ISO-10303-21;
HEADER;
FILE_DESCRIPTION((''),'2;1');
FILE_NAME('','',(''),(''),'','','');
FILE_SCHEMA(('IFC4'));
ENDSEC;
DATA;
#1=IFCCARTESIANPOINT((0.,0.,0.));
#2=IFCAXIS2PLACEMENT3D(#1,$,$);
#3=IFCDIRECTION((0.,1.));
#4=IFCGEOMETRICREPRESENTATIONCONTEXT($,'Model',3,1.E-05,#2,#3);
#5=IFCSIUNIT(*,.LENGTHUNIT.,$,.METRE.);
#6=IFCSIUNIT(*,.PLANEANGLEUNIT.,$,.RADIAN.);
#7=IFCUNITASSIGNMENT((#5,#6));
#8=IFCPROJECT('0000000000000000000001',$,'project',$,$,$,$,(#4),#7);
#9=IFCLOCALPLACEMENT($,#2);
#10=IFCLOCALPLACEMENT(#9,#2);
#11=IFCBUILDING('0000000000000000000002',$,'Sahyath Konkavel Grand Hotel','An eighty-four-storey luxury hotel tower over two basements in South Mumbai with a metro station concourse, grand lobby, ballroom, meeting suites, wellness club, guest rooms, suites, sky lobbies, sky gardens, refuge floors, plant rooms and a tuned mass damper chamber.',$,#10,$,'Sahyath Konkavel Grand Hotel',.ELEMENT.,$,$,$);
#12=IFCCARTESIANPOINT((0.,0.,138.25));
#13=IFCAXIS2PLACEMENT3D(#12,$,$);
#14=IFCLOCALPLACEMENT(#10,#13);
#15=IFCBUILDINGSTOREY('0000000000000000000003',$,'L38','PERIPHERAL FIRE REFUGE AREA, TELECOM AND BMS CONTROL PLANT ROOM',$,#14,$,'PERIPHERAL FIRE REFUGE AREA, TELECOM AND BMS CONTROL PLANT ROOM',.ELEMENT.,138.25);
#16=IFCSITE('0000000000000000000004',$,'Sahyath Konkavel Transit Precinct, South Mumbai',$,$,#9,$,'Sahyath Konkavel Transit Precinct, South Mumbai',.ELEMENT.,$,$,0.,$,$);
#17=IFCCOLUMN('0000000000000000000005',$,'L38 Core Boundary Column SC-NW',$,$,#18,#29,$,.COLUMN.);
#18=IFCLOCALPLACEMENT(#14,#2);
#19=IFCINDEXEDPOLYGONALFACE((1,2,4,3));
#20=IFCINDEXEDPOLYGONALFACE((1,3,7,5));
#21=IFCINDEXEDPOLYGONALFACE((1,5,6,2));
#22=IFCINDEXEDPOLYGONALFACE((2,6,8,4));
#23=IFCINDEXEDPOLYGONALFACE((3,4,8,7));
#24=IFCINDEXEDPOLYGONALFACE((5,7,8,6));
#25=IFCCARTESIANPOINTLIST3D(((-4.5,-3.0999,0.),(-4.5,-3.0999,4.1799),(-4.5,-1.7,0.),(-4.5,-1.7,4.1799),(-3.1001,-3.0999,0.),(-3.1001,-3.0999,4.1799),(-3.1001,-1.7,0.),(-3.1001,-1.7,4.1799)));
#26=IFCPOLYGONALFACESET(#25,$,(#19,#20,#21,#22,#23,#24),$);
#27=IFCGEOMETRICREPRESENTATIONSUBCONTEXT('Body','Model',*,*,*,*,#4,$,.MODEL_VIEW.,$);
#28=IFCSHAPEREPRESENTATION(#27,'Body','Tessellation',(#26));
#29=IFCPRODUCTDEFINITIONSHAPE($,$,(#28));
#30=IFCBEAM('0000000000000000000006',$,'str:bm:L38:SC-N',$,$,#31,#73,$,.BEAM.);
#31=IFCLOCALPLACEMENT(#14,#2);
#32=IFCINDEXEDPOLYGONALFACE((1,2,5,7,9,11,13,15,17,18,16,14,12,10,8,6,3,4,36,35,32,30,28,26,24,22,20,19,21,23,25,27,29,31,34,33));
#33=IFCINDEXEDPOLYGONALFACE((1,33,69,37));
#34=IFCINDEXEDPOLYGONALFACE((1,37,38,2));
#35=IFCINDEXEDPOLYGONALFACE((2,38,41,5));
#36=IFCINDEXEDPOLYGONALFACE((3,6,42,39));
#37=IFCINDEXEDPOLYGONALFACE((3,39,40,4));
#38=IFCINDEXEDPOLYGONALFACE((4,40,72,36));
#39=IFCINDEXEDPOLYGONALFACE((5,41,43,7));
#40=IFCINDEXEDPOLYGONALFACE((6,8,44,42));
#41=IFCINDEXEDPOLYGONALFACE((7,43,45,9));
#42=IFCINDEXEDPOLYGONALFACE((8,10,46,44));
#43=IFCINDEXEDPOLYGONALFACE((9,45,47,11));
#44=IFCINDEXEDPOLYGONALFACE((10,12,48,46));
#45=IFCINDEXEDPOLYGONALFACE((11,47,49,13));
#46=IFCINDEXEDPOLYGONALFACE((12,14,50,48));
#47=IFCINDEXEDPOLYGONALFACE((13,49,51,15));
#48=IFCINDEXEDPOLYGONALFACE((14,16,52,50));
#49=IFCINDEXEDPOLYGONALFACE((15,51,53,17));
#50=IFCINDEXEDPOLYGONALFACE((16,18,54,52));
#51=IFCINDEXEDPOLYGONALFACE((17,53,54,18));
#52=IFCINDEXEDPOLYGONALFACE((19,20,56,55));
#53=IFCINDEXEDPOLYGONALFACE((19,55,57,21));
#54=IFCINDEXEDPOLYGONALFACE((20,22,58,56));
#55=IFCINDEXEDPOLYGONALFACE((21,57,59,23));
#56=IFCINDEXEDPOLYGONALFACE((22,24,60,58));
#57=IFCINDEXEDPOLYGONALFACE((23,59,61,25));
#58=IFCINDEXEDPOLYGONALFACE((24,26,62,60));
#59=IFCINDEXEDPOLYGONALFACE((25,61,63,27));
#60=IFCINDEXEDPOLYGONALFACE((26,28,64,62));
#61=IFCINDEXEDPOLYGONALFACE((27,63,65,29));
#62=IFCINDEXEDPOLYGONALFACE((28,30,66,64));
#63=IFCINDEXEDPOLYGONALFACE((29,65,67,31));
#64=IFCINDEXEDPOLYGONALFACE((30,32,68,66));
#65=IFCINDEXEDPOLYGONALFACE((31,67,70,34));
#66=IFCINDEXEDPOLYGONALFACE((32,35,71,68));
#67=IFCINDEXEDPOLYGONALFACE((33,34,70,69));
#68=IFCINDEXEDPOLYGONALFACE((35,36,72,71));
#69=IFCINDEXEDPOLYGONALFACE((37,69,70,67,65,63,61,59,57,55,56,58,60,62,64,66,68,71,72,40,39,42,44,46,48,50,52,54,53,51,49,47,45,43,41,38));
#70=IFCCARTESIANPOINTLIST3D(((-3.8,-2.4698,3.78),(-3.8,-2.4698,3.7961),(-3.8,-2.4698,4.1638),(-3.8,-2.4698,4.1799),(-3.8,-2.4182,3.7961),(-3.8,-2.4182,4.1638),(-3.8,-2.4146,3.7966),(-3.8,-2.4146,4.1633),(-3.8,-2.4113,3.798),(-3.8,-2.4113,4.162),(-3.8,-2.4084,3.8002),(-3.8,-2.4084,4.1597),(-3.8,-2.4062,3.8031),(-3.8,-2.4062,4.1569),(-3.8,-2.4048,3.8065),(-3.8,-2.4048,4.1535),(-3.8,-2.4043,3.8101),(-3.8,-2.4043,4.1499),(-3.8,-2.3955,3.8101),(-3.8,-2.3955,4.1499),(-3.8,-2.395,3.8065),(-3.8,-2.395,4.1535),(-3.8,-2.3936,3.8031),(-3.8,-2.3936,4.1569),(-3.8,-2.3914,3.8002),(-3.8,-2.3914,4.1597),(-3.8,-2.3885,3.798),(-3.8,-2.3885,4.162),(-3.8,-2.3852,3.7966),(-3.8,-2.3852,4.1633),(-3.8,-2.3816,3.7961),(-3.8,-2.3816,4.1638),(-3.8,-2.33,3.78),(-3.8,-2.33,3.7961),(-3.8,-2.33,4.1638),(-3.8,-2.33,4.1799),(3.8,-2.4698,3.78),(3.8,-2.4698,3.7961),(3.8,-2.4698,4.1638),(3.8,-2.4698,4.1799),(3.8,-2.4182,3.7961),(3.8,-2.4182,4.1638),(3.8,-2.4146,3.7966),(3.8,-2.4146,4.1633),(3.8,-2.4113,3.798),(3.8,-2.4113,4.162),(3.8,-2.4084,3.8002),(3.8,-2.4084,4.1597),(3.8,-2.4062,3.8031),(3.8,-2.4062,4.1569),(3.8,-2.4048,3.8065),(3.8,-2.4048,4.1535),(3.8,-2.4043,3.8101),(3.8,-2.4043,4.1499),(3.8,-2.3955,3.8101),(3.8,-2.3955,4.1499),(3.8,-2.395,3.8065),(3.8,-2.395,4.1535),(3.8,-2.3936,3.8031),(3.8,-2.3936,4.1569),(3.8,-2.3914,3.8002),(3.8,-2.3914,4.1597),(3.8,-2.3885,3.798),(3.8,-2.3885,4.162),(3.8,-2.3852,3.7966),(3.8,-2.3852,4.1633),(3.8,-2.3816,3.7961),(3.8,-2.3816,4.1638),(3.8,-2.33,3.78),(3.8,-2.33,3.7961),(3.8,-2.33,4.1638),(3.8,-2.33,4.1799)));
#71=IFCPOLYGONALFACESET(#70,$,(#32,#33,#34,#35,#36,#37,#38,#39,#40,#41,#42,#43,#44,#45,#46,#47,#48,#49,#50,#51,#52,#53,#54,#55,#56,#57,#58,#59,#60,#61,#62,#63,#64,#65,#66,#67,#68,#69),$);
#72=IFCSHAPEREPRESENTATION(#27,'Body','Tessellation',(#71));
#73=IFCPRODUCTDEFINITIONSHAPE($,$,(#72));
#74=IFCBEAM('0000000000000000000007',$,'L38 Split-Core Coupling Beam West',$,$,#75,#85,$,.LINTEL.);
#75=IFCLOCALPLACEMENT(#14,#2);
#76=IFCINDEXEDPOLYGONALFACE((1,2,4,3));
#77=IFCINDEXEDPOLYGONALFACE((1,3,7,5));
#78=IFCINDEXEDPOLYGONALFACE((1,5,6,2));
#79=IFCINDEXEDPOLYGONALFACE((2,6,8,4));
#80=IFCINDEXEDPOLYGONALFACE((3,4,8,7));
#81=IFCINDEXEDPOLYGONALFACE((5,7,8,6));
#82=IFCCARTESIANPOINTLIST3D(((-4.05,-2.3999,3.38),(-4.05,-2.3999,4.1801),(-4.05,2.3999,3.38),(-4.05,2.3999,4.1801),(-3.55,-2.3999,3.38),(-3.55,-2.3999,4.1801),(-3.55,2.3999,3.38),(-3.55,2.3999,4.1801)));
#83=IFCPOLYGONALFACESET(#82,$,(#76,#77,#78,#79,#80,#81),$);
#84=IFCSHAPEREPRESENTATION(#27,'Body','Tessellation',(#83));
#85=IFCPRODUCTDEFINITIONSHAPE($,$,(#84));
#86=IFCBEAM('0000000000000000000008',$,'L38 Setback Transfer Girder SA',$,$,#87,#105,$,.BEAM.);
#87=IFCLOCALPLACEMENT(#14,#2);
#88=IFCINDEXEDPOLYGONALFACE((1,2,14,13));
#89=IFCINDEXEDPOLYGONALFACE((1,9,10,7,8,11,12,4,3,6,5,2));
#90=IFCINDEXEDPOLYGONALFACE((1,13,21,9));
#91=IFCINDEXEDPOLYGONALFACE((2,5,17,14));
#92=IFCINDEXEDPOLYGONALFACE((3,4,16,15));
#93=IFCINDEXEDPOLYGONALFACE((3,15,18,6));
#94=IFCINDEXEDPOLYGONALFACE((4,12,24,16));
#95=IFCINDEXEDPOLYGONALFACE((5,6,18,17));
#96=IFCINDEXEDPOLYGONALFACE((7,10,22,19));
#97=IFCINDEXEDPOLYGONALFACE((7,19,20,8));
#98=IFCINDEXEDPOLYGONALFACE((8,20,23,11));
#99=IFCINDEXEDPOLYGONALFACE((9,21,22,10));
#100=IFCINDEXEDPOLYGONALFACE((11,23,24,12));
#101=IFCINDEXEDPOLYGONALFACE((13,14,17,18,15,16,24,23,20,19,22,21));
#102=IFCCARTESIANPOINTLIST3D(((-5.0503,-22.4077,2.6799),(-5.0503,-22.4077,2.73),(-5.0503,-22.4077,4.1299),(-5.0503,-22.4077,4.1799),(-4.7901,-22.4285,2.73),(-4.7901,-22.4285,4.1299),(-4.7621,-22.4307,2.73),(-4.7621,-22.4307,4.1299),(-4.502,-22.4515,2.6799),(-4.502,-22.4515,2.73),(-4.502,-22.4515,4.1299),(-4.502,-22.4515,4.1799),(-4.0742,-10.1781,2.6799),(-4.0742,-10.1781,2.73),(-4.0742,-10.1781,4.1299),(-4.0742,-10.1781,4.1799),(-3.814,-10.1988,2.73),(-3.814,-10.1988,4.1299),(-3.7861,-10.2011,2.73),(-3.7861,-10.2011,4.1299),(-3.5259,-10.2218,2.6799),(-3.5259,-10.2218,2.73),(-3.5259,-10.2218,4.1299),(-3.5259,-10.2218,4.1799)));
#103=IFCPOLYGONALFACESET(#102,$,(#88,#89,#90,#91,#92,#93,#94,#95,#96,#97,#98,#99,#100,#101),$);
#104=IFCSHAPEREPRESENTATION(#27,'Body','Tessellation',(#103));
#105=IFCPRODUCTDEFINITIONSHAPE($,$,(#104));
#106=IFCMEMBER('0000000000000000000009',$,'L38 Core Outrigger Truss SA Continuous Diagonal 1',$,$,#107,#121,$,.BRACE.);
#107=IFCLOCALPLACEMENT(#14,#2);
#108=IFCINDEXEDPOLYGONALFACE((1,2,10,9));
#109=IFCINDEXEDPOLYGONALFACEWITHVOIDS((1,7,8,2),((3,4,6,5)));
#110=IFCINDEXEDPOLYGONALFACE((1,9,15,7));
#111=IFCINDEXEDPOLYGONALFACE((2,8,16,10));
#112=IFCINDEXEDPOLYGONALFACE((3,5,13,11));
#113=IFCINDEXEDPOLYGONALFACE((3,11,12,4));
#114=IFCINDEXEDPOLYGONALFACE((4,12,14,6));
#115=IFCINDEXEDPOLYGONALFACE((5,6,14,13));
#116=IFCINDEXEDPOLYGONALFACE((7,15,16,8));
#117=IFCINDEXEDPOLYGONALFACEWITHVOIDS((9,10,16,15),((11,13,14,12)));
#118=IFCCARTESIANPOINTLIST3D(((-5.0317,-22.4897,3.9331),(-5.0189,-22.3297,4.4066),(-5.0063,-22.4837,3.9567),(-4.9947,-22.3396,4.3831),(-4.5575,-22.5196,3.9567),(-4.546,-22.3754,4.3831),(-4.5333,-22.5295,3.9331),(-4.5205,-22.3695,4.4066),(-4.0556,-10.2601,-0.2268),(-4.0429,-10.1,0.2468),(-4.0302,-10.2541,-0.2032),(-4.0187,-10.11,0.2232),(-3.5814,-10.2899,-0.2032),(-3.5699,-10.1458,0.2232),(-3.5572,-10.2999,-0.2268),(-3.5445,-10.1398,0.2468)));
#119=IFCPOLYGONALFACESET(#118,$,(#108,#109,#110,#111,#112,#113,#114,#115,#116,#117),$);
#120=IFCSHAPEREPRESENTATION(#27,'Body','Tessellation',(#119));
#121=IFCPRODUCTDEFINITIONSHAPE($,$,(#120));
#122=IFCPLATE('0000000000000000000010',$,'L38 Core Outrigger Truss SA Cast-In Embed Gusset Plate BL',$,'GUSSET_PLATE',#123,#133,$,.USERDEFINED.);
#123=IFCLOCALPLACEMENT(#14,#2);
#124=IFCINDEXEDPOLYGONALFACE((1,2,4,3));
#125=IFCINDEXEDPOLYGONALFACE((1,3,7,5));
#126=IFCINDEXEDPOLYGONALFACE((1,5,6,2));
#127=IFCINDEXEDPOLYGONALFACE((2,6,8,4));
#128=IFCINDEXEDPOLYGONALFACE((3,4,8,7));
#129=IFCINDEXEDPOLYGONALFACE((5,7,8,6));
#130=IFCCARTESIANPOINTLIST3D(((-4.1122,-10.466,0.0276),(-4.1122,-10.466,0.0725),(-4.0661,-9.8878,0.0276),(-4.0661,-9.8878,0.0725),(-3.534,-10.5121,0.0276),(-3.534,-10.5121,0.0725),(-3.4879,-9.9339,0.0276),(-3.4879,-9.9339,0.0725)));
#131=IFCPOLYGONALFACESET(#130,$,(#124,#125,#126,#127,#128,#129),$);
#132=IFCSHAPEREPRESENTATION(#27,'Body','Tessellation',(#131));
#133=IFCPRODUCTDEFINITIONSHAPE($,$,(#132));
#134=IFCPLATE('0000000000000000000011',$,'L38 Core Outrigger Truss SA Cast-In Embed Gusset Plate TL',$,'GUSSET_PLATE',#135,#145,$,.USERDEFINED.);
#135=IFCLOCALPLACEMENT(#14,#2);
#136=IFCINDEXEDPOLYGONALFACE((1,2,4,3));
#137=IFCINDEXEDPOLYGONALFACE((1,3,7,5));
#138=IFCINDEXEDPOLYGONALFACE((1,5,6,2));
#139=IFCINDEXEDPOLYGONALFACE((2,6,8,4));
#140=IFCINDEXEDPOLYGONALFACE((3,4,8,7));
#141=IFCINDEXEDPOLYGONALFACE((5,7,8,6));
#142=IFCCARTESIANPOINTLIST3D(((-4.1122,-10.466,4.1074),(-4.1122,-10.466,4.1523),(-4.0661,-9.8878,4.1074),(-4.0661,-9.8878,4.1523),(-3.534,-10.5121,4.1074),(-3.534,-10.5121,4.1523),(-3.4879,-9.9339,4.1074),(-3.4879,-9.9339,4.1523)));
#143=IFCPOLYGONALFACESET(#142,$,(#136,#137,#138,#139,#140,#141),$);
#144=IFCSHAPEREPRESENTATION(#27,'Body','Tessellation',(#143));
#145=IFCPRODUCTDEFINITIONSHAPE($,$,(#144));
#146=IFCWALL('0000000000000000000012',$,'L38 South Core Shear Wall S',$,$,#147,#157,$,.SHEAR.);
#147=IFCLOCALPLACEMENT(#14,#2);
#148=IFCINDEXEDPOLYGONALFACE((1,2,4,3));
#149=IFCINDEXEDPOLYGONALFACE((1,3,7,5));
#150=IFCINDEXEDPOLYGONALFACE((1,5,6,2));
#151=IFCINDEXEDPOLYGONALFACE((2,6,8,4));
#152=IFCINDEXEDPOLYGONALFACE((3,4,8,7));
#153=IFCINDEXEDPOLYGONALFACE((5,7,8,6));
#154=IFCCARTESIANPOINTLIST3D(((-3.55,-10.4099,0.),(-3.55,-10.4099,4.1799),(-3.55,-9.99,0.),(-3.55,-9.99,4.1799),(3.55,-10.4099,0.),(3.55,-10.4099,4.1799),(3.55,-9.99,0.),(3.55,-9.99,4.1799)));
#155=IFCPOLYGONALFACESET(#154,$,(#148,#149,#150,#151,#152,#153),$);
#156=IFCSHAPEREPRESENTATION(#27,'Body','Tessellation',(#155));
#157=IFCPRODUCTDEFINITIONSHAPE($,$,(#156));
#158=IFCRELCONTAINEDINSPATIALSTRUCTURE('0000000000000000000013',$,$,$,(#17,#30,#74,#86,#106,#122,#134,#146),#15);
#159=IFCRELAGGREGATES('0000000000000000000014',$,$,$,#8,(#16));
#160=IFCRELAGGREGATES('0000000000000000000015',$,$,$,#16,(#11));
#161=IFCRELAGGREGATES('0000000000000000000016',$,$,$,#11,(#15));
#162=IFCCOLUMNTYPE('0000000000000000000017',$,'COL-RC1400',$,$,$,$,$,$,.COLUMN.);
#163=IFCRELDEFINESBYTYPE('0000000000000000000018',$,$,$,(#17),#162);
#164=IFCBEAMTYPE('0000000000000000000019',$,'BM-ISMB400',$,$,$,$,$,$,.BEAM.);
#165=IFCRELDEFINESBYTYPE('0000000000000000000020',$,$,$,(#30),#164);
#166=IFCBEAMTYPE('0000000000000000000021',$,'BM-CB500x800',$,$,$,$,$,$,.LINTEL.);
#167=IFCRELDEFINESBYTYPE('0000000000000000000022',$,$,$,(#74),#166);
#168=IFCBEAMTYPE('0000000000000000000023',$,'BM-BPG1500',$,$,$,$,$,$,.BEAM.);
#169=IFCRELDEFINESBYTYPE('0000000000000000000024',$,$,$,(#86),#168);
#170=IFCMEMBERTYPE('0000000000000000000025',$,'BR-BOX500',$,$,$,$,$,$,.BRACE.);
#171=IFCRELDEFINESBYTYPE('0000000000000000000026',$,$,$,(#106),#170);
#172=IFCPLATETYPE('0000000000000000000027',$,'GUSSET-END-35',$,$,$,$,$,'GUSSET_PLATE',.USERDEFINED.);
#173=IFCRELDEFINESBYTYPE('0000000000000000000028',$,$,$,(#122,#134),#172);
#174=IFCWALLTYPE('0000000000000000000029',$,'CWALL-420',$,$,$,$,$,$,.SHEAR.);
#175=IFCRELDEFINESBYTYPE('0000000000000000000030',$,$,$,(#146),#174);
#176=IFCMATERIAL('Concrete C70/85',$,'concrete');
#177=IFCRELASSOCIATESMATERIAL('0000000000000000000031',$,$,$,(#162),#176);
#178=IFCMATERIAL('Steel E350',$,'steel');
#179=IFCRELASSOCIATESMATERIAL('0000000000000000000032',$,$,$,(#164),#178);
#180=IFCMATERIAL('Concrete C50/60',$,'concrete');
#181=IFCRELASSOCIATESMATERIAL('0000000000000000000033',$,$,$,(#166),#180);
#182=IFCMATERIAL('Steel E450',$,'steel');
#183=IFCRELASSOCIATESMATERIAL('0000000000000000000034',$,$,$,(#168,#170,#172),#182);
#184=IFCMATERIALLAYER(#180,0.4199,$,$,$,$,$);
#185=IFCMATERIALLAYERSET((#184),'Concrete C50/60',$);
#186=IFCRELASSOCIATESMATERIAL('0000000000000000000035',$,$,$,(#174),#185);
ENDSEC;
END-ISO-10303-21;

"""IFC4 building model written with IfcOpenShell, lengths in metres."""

from ifc_helpers import new_model, si_unit, direction, frame, frame_2d, origin, origin_2d, place, context, subcontext, project, spatial, rectangle, hollow_rectangle, i_section, extrude, source, transform, mapped, material, layer, layer_set, material_profile, profile_set, type_object, element, save


model = new_model("IFC4")

# Units and contexts
model_context = context("Model", 3, precision=1e-05, world=origin(), true_north=direction((0.0, 1.0)))
body_context = subcontext(model_context, "Body", "Model", "MODEL_VIEW")
ifc_project = project(units=[si_unit("LENGTHUNIT", "METRE"), si_unit("PLANEANGLEUNIT", "RADIAN")], contexts=[model_context])

# Site, building, storey
site_placement = place(None, origin())
site = spatial("IfcSite", under=ifc_project, at=site_placement, Name="Sahyath Konkavel Transit Precinct, South Mumbai", LongName="Sahyath Konkavel Transit Precinct, South Mumbai", CompositionType="ELEMENT", RefElevation=0.0)
building_placement = place(site_placement, origin())
building = spatial("IfcBuilding", under=site, at=building_placement, Name="Sahyath Konkavel Grand Hotel", Description="An eighty-four-storey luxury hotel tower over two basements in South Mumbai with a metro station concourse, grand lobby, ballroom, meeting suites, wellness club, guest rooms, suites, sky lobbies, sky gardens, refuge floors, plant rooms and a tuned mass damper chamber.", LongName="Sahyath Konkavel Grand Hotel", CompositionType="ELEMENT")
storey_placement = place(building_placement, frame((0.0, 0.0, 138.25)))
storey = spatial("IfcBuildingStorey", under=building, at=storey_placement, Name="L38", Description="PERIPHERAL FIRE REFUGE AREA, TELECOM AND BMS CONTROL PLANT ROOM", LongName="PERIPHERAL FIRE REFUGE AREA, TELECOM AND BMS CONTROL PLANT ROOM", CompositionType="ELEMENT", Elevation=138.25)

# Column
ifc_material_1 = material(Name="Concrete C70/85", Category="concrete")
ifc_material_profile_1 = material_profile(ifc_material_1, rectangle(XDim=1.3999, YDim=1.3999, at=origin_2d()), Name="RC 1400x1400")
ifc_profile_set_1 = profile_set([ifc_material_profile_1], Name="Concrete C70/85")
column_type = type_object("IfcColumnType", Name="COL-RC1400", PredefinedType="COLUMN", material=ifc_profile_set_1)
shared_shape_1 = source(origin(), body_context, "Body", "SweptSolid", [
    extrude(rectangle(XDim=1.3999, YDim=1.3999, at=origin_2d()), origin(), (0.0, 0.0, 1.0), 4.1799),
])
column_placement = place(storey_placement, frame((-3.8, -2.3999, 0.0), z_axis=(0.0, 0.0, 1.0), x_axis=(1.0, 0.0, 0.0)))
element("IfcColumn", 1, at=column_placement, inside=storey, type_object=column_type, Name="L38 Core Boundary Column SC-NW", PredefinedType="COLUMN", context=body_context, shape_type="MappedRepresentation", body=[
    mapped(shared_shape_1, transform((0.0, 0.0, 0.0), scale=1.0)),
])

# Beams
ifc_material_2 = material(Name="Steel E350", Category="steel")
ifc_material_profile_2 = material_profile(ifc_material_2, i_section(OverallWidth=0.1399, OverallDepth=0.3999, WebThickness=0.0088, FlangeThickness=0.0161, FilletRadius=0.0139, at=origin_2d()), Name="ISMB 400")
ifc_profile_set_2 = profile_set([ifc_material_profile_2], Name="Steel E350")
beam_type_1 = type_object("IfcBeamType", Name="BM-ISMB400", PredefinedType="BEAM", material=ifc_profile_set_2)
shared_shape_2 = source(origin(), body_context, "Body", "SweptSolid", [
    extrude(i_section(OverallWidth=0.1399, OverallDepth=0.3999, WebThickness=0.0088, FlangeThickness=0.0161, FilletRadius=0.0139, at=origin_2d()), origin(), (0.0, 0.0, 1.0), 7.6001),
])
beam_1_placement = place(storey_placement, frame((-3.8, -2.3999, 3.98), z_axis=(1.0, 0.0, 0.0), x_axis=(0.0, 1.0, 0.0)))
element("IfcBeam", 2, at=beam_1_placement, inside=storey, type_object=beam_type_1, Name="str:bm:L38:SC-N", PredefinedType="BEAM", context=body_context, shape_type="MappedRepresentation", body=[
    mapped(shared_shape_2, transform((0.0, 0.0, 0.0), scale=1.0)),
])
ifc_material_3 = material(Name="Concrete C50/60", Category="concrete")
ifc_material_profile_3 = material_profile(ifc_material_3, rectangle(XDim=0.5, YDim=0.8, at=origin_2d()), Name="RC 500x800")
ifc_profile_set_3 = profile_set([ifc_material_profile_3], Name="Concrete C50/60")
beam_type_2 = type_object("IfcBeamType", Name="BM-CB500x800", PredefinedType="LINTEL", material=ifc_profile_set_3)
shared_shape_3 = source(origin(), body_context, "Body", "SweptSolid", [
    extrude(rectangle(XDim=0.5, YDim=0.8, at=origin_2d()), origin(), (0.0, 0.0, 1.0), 4.7998),
])
beam_2_placement = place(storey_placement, frame((-3.8, -2.3999, 3.78), z_axis=(0.0, 1.0, 0.0), x_axis=(-1.0, 0.0, 0.0)))
element("IfcBeam", 3, at=beam_2_placement, inside=storey, type_object=beam_type_2, Name="L38 Split-Core Coupling Beam West", PredefinedType="LINTEL", context=body_context, shape_type="MappedRepresentation", body=[
    mapped(shared_shape_3, transform((0.0, 0.0, 0.0), scale=1.0)),
])
ifc_material_4 = material(Name="Steel E450", Category="steel")
ifc_material_profile_4 = material_profile(ifc_material_4, i_section(OverallWidth=0.55, OverallDepth=1.5, WebThickness=0.0281, FlangeThickness=0.05, at=origin_2d()), Name="BPG 1500x550")
ifc_profile_set_4 = profile_set([ifc_material_profile_4], Name="Steel E450")
beam_type_3 = type_object("IfcBeamType", Name="BM-BPG1500", PredefinedType="BEAM", material=ifc_profile_set_4)
shared_shape_4 = source(origin(), body_context, "Body", "SweptSolid", [
    extrude(i_section(OverallWidth=0.55, OverallDepth=1.5, WebThickness=0.0281, FlangeThickness=0.05, at=origin_2d()), origin(), (0.0, 0.0, 1.0), 12.2686),
])
beam_3_placement = place(storey_placement, frame((-3.8, -10.2, 3.4299), z_axis=(-0.079559, -0.99683, 0.0), x_axis=(0.99683, -0.079559, 0.0)))
element("IfcBeam", 4, at=beam_3_placement, inside=storey, type_object=beam_type_3, Name="L38 Setback Transfer Girder SA", PredefinedType="BEAM", context=body_context, shape_type="MappedRepresentation", body=[
    mapped(shared_shape_4, transform((0.0, 0.0, 0.0), scale=1.0)),
])

# Member
ifc_material_profile_5 = material_profile(ifc_material_4, hollow_rectangle(XDim=0.5, YDim=0.5, WallThickness=0.0249, at=origin_2d()), Name="BOX 500x500x25")
ifc_profile_set_5 = profile_set([ifc_material_profile_5], Name="Steel E450")
member_type = type_object("IfcMemberType", Name="BR-BOX500", PredefinedType="BRACE", material=ifc_profile_set_5)
shared_shape_5 = source(origin(), body_context, "Body", "SweptSolid", [
    extrude(hollow_rectangle(XDim=0.5, YDim=0.5, WallThickness=0.0249, at=origin_2d()), origin(), (0.0, 0.0, 1.0), 12.9546),
])
member_placement = place(storey_placement, frame((-3.8, -10.2, 0.01), z_axis=(-0.075345, -0.944039, 0.321112), x_axis=(0.99683, -0.079559, 0.0)))
element("IfcMember", 5, at=member_placement, inside=storey, type_object=member_type, Name="L38 Core Outrigger Truss SA Continuous Diagonal 1", PredefinedType="BRACE", context=body_context, shape_type="MappedRepresentation", body=[
    mapped(shared_shape_5, transform((0.0, 0.0, 0.0), scale=1.0)),
])

# Plates
plate_type = type_object("IfcPlateType", Name="GUSSET-END-35", ElementType="GUSSET_PLATE", PredefinedType="USERDEFINED", material=ifc_material_4)
shared_shape_6 = source(origin(), body_context, "Body", "SweptSolid", [
    extrude(rectangle(XDim=0.5801, YDim=0.5801, at=origin_2d()), origin(), (0.0, 0.0, 1.0), 0.0449),
])
for number, where, z_axis, x_axis, name in (
    (6, (-3.8, -10.2, 0.0276), (0.0, 0.0, 1.0), (-0.079573, -0.996829, 0.0), "L38 Core Outrigger Truss SA Cast-In Embed Gusset Plate BL"),
    (7, (-3.8, -10.2, 4.1074), (0.0, 0.0, 1.0), (-0.079573, -0.996829, 0.0), "L38 Core Outrigger Truss SA Cast-In Embed Gusset Plate TL"),
):
    element("IfcPlate", number, at=place(storey_placement, frame(where, z_axis=z_axis, x_axis=x_axis)), inside=storey, type_object=plate_type, Name=name, ObjectType="GUSSET_PLATE", PredefinedType="USERDEFINED", context=body_context, shape_type="MappedRepresentation", body=[
        mapped(shared_shape_6, transform((0.0, 0.0, 0.0), scale=1.0)),
    ])

# Wall
ifc_layer_1 = layer(ifc_material_3, 0.4199)
ifc_layer_set_1 = layer_set([ifc_layer_1], Name="Concrete C50/60")
wall_type_1 = type_object("IfcWallType", Name="CWALL-420", PredefinedType="SHEAR", material=ifc_layer_set_1)
wall_1_placement = place(storey_placement, frame((-3.55, -10.2, 0.0), z_axis=(0.0, 0.0, 1.0), x_axis=(1.0, 0.0, 0.0)))
element("IfcWall", 8, at=wall_1_placement, inside=storey, type_object=wall_type_1, Name="L38 South Core Shear Wall S", PredefinedType="SHEAR", context=body_context, shape_type="SweptSolid", body=[
    extrude(rectangle(XDim=7.1001, YDim=0.4199, at=frame_2d((3.55, 0.0))), origin(), (0.0, 0.0, 1.0), 4.1799),
])

save(model, "model.ifc")
